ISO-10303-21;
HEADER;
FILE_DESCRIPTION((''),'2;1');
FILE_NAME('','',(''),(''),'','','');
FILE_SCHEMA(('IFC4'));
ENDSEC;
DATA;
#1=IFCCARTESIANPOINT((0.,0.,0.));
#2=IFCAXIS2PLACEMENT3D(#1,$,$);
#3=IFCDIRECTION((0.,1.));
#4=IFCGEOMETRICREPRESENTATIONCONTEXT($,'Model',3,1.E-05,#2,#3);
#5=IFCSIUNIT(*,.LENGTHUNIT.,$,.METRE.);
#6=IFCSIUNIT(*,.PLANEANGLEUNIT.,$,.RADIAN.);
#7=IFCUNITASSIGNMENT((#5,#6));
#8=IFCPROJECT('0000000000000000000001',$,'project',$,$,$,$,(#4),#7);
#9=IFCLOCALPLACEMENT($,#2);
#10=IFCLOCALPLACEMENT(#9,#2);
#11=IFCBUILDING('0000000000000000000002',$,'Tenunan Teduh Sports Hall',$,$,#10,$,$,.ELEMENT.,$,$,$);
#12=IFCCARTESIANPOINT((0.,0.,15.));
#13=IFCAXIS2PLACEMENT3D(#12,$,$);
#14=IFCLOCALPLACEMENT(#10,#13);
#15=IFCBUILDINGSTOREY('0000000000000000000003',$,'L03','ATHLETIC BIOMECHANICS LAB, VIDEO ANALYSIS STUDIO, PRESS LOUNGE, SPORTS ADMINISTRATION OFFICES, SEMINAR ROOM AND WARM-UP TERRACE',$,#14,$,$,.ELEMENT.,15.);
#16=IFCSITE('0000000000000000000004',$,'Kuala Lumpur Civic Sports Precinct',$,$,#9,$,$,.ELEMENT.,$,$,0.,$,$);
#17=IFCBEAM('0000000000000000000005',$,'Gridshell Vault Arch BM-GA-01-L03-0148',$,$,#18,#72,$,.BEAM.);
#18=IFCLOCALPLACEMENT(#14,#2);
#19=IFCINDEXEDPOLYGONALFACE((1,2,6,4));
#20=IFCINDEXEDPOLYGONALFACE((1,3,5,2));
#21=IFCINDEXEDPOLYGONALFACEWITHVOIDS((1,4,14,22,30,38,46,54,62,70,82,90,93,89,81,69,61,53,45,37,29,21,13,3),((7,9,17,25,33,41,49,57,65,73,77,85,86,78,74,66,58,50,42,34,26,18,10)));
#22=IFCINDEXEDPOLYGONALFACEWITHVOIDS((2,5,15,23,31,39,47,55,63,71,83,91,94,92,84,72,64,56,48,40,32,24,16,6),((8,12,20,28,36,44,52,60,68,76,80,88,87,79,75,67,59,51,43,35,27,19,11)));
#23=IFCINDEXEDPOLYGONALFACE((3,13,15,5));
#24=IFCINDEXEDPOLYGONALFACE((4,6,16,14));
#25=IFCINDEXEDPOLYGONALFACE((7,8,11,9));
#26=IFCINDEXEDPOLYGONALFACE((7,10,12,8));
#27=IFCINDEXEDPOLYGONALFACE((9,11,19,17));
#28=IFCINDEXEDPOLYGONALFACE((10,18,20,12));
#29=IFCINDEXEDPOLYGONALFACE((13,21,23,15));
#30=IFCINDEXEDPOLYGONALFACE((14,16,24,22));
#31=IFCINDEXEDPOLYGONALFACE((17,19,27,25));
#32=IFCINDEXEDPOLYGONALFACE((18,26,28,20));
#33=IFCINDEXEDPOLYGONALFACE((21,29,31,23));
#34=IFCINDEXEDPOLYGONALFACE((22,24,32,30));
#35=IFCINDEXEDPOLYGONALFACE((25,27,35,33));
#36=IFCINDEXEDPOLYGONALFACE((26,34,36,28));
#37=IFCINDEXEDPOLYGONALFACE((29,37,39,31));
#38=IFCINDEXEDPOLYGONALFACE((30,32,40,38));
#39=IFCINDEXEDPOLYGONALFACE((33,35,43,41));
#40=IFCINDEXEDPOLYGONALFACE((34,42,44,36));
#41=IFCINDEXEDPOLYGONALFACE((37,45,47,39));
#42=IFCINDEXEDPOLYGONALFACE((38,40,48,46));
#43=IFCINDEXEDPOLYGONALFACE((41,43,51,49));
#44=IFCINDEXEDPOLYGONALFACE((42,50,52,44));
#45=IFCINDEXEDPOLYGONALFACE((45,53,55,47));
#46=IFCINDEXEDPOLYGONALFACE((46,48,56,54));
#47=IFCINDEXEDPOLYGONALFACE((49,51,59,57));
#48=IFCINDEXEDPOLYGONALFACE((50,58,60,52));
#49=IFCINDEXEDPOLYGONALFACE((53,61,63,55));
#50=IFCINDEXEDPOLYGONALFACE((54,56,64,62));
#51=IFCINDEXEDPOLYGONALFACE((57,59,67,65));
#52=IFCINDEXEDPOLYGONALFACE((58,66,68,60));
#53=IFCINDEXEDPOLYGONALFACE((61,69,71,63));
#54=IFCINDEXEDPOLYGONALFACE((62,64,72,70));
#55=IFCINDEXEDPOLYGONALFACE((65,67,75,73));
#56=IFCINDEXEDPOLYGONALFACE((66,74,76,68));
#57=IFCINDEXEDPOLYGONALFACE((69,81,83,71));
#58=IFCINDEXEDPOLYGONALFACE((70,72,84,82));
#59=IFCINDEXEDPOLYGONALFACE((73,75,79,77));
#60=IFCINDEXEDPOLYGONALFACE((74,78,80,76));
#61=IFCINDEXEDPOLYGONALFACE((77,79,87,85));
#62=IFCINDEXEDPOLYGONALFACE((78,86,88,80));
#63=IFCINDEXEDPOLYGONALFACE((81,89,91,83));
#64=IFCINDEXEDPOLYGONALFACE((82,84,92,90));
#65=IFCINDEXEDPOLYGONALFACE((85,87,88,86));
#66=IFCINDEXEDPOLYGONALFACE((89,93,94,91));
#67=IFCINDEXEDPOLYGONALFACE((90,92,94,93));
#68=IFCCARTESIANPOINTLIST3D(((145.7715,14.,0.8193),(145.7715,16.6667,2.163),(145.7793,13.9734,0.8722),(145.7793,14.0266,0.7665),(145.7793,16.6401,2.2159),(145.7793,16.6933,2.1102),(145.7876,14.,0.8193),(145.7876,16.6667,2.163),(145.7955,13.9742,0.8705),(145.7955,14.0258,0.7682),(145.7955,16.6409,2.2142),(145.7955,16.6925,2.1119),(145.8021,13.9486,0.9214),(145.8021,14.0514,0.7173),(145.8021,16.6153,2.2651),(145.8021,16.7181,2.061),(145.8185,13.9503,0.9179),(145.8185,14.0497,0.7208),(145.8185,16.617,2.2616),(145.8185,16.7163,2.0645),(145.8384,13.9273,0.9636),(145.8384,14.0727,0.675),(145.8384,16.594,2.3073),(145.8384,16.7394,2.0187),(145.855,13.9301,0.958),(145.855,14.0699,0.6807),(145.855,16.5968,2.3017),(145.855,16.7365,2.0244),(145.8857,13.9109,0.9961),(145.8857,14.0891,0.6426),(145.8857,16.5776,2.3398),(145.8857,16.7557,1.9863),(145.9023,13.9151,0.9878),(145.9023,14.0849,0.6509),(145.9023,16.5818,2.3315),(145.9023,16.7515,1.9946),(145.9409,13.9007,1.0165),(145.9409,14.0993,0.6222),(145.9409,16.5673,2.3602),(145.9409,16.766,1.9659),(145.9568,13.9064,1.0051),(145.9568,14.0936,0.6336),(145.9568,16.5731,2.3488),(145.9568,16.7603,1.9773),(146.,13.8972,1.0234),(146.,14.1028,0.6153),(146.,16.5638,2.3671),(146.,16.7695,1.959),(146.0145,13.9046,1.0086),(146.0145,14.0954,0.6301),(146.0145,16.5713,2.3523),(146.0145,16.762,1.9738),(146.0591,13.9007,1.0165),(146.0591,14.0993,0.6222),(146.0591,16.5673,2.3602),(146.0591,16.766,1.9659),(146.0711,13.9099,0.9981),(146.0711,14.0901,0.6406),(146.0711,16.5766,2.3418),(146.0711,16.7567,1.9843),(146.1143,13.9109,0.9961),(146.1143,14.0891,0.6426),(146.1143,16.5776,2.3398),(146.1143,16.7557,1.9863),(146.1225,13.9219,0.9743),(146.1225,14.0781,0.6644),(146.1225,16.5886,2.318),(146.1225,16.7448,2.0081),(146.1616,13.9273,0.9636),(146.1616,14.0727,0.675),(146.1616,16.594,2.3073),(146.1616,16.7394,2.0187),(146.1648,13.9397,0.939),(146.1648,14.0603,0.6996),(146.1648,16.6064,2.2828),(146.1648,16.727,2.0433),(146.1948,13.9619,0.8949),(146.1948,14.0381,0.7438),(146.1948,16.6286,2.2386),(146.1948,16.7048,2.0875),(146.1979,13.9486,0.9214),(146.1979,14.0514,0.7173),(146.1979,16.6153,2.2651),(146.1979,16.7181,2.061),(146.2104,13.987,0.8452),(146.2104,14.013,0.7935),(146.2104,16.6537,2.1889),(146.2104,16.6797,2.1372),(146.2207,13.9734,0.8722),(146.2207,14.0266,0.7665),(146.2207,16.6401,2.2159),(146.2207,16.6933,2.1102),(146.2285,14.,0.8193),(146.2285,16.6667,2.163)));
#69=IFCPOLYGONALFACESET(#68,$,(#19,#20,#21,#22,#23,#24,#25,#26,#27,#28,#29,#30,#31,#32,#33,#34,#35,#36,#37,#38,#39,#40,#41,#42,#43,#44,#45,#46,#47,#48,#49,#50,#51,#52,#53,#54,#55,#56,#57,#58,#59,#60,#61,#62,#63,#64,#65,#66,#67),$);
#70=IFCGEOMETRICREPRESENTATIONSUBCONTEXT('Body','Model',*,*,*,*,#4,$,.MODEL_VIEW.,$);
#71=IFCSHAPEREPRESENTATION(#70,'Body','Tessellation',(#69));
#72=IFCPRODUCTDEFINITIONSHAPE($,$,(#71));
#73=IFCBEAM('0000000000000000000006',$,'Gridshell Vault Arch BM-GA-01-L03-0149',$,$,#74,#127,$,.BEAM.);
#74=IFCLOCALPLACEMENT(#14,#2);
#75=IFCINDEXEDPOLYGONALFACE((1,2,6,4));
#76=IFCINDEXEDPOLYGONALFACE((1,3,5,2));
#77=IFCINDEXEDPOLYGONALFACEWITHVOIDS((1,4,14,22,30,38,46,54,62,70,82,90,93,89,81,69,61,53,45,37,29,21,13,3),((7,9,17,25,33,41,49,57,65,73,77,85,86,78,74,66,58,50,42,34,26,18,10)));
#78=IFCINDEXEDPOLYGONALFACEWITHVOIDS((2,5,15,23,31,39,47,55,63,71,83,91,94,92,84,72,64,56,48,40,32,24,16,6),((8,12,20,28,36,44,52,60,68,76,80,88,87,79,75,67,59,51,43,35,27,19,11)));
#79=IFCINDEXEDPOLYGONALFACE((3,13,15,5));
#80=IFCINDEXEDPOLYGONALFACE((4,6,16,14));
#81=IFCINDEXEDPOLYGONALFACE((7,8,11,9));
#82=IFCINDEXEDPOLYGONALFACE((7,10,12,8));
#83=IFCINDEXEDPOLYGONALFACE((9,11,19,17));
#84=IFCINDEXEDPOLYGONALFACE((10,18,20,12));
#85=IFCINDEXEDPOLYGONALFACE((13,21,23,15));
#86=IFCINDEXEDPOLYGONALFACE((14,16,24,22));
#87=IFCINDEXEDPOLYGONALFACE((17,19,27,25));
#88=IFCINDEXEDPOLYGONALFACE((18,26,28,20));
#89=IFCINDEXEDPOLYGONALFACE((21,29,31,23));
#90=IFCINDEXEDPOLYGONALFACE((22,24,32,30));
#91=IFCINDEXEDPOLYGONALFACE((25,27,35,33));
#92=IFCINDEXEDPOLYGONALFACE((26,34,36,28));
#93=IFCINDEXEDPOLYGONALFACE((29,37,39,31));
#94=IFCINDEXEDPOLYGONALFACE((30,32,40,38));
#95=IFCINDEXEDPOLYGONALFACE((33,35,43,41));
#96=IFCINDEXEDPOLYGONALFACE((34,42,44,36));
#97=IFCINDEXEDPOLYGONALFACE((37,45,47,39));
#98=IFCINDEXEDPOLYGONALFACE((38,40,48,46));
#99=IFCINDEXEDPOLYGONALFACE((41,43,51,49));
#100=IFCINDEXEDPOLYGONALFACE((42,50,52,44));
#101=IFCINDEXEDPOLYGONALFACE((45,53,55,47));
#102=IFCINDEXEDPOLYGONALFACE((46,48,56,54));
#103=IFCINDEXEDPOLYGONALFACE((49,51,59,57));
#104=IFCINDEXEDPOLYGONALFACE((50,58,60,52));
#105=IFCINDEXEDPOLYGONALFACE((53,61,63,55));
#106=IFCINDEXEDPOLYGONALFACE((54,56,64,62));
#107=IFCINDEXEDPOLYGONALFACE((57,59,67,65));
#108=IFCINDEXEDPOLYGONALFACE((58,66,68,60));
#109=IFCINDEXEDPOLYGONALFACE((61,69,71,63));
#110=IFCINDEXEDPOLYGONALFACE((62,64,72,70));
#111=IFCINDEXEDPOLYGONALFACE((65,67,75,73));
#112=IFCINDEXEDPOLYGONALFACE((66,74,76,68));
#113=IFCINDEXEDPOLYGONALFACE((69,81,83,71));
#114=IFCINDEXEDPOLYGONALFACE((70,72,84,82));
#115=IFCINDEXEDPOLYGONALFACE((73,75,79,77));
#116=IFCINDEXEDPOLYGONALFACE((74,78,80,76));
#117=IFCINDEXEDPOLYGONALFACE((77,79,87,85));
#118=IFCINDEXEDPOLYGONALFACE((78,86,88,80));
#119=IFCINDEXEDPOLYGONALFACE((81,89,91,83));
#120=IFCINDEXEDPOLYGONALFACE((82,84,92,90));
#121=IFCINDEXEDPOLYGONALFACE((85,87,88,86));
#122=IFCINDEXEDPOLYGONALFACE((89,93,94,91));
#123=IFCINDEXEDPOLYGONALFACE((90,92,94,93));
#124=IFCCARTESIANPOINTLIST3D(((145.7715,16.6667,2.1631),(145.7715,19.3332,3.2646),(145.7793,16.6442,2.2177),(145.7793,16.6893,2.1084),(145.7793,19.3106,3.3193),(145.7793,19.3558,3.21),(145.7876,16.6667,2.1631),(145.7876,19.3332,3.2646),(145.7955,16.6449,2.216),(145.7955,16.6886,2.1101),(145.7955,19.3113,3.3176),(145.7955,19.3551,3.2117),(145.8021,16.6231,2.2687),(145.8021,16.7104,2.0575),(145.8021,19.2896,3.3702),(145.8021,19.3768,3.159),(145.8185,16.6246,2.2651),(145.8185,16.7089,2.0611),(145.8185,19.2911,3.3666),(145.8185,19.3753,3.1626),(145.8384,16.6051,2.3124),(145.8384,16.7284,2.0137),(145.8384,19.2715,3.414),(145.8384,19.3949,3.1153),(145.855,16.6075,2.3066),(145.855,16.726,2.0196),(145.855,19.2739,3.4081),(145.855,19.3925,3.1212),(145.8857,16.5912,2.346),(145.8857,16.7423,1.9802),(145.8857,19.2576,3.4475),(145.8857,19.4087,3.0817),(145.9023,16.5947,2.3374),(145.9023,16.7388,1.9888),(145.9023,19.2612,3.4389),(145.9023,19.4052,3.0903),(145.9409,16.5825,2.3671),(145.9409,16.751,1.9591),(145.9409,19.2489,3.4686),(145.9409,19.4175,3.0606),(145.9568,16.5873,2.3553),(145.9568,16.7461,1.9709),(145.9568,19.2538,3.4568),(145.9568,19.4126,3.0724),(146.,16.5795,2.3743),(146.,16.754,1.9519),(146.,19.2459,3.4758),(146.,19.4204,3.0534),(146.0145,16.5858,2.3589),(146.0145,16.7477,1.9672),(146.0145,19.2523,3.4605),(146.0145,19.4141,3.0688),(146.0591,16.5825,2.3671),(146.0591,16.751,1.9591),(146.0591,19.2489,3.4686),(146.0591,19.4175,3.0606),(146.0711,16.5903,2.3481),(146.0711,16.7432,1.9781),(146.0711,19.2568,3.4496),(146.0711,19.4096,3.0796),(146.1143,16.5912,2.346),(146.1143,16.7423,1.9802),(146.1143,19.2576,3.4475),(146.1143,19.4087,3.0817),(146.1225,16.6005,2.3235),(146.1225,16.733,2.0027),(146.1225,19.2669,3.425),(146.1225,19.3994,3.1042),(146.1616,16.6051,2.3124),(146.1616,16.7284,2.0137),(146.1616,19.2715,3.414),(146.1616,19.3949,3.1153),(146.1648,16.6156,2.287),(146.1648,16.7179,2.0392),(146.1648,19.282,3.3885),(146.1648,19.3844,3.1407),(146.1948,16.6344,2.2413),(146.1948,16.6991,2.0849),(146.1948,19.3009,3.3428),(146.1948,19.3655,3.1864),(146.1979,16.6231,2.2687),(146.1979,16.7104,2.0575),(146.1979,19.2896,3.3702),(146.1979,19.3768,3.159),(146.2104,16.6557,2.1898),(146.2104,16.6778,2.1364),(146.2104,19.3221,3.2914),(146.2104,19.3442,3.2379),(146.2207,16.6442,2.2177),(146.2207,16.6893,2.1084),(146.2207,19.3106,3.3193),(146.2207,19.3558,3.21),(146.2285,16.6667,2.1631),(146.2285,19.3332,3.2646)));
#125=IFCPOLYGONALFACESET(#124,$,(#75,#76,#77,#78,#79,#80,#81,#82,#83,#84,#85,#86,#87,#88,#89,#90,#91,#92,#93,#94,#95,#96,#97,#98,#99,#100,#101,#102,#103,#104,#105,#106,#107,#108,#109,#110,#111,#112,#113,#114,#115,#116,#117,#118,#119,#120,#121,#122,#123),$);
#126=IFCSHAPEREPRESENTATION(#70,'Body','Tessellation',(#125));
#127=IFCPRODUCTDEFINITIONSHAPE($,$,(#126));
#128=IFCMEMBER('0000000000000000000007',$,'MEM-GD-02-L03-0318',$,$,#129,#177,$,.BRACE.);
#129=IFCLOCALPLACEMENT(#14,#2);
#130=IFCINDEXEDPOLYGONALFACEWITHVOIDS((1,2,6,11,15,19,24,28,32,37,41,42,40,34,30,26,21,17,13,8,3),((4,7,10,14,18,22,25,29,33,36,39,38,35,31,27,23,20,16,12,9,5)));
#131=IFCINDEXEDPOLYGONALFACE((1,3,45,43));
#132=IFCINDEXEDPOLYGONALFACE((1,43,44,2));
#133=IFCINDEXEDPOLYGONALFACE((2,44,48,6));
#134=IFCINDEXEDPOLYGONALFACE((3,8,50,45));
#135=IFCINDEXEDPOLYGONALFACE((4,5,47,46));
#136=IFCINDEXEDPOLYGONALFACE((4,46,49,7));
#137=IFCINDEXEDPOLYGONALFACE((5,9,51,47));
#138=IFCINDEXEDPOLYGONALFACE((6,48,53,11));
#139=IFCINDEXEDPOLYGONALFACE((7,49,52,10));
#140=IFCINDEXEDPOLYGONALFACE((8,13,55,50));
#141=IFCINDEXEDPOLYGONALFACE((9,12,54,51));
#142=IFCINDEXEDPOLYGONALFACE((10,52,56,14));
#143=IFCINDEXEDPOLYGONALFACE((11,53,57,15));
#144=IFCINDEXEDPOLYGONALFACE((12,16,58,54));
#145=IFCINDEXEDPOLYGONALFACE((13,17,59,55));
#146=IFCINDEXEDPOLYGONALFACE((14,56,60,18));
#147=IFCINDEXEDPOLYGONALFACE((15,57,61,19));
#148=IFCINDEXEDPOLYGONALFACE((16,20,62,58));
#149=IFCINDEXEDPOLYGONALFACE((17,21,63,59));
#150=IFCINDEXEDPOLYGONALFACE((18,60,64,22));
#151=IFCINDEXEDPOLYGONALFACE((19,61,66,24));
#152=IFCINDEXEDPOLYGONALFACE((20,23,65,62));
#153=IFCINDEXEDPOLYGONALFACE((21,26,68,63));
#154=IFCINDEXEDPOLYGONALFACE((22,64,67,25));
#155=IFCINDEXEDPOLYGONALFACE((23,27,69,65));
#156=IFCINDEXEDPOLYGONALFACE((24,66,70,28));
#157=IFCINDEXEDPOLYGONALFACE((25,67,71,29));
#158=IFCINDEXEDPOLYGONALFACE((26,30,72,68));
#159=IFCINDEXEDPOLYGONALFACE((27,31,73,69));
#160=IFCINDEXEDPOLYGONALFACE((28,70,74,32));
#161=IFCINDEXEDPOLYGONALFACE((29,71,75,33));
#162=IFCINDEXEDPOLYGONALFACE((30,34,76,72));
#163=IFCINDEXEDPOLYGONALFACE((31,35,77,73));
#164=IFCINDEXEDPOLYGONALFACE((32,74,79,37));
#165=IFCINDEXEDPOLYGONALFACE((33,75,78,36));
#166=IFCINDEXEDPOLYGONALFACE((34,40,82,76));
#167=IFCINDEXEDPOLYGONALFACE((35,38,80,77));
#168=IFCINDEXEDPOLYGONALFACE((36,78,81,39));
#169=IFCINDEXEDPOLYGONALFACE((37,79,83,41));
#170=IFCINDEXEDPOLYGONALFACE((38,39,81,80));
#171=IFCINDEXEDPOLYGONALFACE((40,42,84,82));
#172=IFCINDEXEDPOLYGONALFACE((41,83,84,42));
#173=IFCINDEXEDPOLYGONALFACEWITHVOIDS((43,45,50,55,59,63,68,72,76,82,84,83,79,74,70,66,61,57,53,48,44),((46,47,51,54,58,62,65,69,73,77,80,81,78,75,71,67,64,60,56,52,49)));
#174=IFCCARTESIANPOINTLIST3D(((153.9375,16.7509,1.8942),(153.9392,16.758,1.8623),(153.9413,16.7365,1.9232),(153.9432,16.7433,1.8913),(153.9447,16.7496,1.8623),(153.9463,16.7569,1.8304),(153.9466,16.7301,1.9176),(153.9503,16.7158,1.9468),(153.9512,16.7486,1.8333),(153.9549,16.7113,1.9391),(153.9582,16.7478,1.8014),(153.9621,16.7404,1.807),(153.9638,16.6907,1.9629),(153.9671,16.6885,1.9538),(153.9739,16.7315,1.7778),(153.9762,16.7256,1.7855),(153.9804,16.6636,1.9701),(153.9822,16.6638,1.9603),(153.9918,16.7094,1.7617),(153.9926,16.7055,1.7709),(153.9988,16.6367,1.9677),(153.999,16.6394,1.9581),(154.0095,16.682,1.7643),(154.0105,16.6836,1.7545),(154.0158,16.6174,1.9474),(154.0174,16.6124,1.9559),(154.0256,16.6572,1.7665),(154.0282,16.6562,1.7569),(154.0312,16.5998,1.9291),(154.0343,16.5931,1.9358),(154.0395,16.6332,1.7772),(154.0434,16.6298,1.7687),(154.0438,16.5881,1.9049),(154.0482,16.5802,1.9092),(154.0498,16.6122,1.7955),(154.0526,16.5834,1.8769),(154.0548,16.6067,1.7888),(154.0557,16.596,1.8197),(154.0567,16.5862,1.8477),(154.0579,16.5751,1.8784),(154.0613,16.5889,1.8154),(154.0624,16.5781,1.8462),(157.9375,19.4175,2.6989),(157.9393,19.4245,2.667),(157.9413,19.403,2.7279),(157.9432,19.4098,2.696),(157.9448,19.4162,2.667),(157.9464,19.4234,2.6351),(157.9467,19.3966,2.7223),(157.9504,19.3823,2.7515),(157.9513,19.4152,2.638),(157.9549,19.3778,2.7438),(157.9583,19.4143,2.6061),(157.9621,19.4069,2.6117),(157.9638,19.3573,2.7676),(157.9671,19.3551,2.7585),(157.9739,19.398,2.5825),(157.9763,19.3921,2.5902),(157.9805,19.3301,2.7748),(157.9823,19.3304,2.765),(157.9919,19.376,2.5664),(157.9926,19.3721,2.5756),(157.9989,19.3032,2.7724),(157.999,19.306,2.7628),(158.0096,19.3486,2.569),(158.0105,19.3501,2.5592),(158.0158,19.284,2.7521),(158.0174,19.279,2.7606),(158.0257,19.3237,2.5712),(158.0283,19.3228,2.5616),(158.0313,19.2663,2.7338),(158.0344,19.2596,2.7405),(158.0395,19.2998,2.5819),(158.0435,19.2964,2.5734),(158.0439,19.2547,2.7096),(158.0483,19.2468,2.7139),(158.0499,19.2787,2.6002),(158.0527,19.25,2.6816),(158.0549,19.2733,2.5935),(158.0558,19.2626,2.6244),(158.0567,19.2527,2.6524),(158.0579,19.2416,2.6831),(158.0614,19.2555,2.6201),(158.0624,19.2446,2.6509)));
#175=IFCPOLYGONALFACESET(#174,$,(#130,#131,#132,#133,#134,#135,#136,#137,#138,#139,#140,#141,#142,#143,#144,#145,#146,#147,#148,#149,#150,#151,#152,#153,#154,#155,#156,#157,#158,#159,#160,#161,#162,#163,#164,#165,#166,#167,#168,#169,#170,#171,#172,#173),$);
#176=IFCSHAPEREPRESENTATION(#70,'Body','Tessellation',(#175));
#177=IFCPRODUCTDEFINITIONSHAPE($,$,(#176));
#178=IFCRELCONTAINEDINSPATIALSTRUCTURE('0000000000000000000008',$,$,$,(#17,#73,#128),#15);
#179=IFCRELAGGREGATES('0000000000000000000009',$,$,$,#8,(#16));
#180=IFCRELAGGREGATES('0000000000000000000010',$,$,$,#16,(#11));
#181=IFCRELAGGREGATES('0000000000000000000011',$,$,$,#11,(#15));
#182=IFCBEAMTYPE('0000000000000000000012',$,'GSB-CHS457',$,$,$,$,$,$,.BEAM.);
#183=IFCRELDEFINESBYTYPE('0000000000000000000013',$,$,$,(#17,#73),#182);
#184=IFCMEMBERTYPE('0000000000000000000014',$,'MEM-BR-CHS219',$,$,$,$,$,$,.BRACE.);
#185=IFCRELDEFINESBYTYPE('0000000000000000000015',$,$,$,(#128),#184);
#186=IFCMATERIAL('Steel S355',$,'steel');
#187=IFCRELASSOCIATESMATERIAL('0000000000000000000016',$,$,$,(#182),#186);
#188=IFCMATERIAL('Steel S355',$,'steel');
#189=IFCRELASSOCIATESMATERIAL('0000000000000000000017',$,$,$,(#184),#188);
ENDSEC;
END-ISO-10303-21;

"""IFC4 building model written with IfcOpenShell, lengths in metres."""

from ifc_helpers import new_model, si_unit, direction, frame, origin, origin_2d, place, context, subcontext, project, spatial, hollow_circle, extrude, material, material_profile, profile_set, type_object, element, save


model = new_model("IFC4")

# Units and contexts
model_context = context("Model", 3, precision=1e-05, world=origin(), true_north=direction((0.0, 1.0)))
body_context = subcontext(model_context, "Body", "Model", "MODEL_VIEW")
ifc_project = project(units=[si_unit("LENGTHUNIT", "METRE"), si_unit("PLANEANGLEUNIT", "RADIAN")], contexts=[model_context])

# Site, building, storey
site_placement = place(None, origin())
site = spatial("IfcSite", under=ifc_project, at=site_placement, Name="Kuala Lumpur Civic Sports Precinct", CompositionType="ELEMENT", RefElevation=0.0)
building_placement = place(site_placement, origin())
building = spatial("IfcBuilding", under=site, at=building_placement, Name="Tenunan Teduh Sports Hall", CompositionType="ELEMENT")
storey_placement = place(building_placement, frame((0.0, 0.0, 15.0)))
storey = spatial("IfcBuildingStorey", under=building, at=storey_placement, Name="L03", Description="ATHLETIC BIOMECHANICS LAB, VIDEO ANALYSIS STUDIO, PRESS LOUNGE, SPORTS ADMINISTRATION OFFICES, SEMINAR ROOM AND WARM-UP TERRACE", CompositionType="ELEMENT", Elevation=15.0)

# Beams
ifc_material_1 = material(Name="Steel S355", Category="steel")
ifc_material_profile_1 = material_profile(ifc_material_1, hollow_circle(Radius=0.2285, WallThickness=0.0161, at=origin_2d()), Name="CHS 457.0x16.0")
ifc_profile_set_1 = profile_set([ifc_material_profile_1], Name="Steel S355")
beam_type_1 = type_object("IfcBeamType", Name="GSB-CHS457", PredefinedType="BEAM", material=ifc_profile_set_1)
beam_1_placement = place(storey_placement, frame((146.0, 14.0, 0.8193), z_axis=(0.0, 0.893033, 0.449991), x_axis=(-1.0, 0.0, 0.0)))
element("IfcBeam", 1, at=beam_1_placement, inside=storey, type_object=beam_type_1, Name="Gridshell Vault Arch BM-GA-01-L03-0148", PredefinedType="BEAM", context=body_context, shape_type="SweptSolid", body=[
    extrude(hollow_circle(Radius=0.2285, WallThickness=0.0161, at=origin_2d()), origin(), (0.0, 0.0, 1.0), 2.9861),
])
beam_2_placement = place(storey_placement, frame((146.0, 16.6667, 2.1631), z_axis=(0.0, 0.924239, 0.381814), x_axis=(-1.0, 0.0, 0.0)))
element("IfcBeam", 2, at=beam_2_placement, inside=storey, type_object=beam_type_1, Name="Gridshell Vault Arch BM-GA-01-L03-0149", PredefinedType="BEAM", context=body_context, shape_type="SweptSolid", body=[
    extrude(hollow_circle(Radius=0.2285, WallThickness=0.0161, at=origin_2d()), origin(), (0.0, 0.0, 1.0), 2.885),
])

# Member
ifc_material_2 = material(Name="Steel S355", Category="steel")
ifc_material_profile_2 = material_profile(ifc_material_2, hollow_circle(Radius=0.1096, WallThickness=0.01, at=origin_2d()), Name="CHS 219.1x10.0")
ifc_profile_set_2 = profile_set([ifc_material_profile_2], Name="Steel S355")
member_type_1 = type_object("IfcMemberType", Name="MEM-BR-CHS219", PredefinedType="BRACE", material=ifc_profile_set_2)
member_1_placement = place(storey_placement, frame((154.0, 16.6667, 1.8623), z_axis=(0.820649, 0.547066, 0.165091), x_axis=(-0.554677, 0.832066, 0.0)))
element("IfcMember", 3, at=member_1_placement, inside=storey, type_object=member_type_1, Name="MEM-GD-02-L03-0318", PredefinedType="BRACE", context=body_context, shape_type="SweptSolid", body=[
    extrude(hollow_circle(Radius=0.1096, WallThickness=0.01, at=origin_2d()), origin(), (0.0, 0.0, 1.0), 4.8743),
])

save(model, "model.ifc")
